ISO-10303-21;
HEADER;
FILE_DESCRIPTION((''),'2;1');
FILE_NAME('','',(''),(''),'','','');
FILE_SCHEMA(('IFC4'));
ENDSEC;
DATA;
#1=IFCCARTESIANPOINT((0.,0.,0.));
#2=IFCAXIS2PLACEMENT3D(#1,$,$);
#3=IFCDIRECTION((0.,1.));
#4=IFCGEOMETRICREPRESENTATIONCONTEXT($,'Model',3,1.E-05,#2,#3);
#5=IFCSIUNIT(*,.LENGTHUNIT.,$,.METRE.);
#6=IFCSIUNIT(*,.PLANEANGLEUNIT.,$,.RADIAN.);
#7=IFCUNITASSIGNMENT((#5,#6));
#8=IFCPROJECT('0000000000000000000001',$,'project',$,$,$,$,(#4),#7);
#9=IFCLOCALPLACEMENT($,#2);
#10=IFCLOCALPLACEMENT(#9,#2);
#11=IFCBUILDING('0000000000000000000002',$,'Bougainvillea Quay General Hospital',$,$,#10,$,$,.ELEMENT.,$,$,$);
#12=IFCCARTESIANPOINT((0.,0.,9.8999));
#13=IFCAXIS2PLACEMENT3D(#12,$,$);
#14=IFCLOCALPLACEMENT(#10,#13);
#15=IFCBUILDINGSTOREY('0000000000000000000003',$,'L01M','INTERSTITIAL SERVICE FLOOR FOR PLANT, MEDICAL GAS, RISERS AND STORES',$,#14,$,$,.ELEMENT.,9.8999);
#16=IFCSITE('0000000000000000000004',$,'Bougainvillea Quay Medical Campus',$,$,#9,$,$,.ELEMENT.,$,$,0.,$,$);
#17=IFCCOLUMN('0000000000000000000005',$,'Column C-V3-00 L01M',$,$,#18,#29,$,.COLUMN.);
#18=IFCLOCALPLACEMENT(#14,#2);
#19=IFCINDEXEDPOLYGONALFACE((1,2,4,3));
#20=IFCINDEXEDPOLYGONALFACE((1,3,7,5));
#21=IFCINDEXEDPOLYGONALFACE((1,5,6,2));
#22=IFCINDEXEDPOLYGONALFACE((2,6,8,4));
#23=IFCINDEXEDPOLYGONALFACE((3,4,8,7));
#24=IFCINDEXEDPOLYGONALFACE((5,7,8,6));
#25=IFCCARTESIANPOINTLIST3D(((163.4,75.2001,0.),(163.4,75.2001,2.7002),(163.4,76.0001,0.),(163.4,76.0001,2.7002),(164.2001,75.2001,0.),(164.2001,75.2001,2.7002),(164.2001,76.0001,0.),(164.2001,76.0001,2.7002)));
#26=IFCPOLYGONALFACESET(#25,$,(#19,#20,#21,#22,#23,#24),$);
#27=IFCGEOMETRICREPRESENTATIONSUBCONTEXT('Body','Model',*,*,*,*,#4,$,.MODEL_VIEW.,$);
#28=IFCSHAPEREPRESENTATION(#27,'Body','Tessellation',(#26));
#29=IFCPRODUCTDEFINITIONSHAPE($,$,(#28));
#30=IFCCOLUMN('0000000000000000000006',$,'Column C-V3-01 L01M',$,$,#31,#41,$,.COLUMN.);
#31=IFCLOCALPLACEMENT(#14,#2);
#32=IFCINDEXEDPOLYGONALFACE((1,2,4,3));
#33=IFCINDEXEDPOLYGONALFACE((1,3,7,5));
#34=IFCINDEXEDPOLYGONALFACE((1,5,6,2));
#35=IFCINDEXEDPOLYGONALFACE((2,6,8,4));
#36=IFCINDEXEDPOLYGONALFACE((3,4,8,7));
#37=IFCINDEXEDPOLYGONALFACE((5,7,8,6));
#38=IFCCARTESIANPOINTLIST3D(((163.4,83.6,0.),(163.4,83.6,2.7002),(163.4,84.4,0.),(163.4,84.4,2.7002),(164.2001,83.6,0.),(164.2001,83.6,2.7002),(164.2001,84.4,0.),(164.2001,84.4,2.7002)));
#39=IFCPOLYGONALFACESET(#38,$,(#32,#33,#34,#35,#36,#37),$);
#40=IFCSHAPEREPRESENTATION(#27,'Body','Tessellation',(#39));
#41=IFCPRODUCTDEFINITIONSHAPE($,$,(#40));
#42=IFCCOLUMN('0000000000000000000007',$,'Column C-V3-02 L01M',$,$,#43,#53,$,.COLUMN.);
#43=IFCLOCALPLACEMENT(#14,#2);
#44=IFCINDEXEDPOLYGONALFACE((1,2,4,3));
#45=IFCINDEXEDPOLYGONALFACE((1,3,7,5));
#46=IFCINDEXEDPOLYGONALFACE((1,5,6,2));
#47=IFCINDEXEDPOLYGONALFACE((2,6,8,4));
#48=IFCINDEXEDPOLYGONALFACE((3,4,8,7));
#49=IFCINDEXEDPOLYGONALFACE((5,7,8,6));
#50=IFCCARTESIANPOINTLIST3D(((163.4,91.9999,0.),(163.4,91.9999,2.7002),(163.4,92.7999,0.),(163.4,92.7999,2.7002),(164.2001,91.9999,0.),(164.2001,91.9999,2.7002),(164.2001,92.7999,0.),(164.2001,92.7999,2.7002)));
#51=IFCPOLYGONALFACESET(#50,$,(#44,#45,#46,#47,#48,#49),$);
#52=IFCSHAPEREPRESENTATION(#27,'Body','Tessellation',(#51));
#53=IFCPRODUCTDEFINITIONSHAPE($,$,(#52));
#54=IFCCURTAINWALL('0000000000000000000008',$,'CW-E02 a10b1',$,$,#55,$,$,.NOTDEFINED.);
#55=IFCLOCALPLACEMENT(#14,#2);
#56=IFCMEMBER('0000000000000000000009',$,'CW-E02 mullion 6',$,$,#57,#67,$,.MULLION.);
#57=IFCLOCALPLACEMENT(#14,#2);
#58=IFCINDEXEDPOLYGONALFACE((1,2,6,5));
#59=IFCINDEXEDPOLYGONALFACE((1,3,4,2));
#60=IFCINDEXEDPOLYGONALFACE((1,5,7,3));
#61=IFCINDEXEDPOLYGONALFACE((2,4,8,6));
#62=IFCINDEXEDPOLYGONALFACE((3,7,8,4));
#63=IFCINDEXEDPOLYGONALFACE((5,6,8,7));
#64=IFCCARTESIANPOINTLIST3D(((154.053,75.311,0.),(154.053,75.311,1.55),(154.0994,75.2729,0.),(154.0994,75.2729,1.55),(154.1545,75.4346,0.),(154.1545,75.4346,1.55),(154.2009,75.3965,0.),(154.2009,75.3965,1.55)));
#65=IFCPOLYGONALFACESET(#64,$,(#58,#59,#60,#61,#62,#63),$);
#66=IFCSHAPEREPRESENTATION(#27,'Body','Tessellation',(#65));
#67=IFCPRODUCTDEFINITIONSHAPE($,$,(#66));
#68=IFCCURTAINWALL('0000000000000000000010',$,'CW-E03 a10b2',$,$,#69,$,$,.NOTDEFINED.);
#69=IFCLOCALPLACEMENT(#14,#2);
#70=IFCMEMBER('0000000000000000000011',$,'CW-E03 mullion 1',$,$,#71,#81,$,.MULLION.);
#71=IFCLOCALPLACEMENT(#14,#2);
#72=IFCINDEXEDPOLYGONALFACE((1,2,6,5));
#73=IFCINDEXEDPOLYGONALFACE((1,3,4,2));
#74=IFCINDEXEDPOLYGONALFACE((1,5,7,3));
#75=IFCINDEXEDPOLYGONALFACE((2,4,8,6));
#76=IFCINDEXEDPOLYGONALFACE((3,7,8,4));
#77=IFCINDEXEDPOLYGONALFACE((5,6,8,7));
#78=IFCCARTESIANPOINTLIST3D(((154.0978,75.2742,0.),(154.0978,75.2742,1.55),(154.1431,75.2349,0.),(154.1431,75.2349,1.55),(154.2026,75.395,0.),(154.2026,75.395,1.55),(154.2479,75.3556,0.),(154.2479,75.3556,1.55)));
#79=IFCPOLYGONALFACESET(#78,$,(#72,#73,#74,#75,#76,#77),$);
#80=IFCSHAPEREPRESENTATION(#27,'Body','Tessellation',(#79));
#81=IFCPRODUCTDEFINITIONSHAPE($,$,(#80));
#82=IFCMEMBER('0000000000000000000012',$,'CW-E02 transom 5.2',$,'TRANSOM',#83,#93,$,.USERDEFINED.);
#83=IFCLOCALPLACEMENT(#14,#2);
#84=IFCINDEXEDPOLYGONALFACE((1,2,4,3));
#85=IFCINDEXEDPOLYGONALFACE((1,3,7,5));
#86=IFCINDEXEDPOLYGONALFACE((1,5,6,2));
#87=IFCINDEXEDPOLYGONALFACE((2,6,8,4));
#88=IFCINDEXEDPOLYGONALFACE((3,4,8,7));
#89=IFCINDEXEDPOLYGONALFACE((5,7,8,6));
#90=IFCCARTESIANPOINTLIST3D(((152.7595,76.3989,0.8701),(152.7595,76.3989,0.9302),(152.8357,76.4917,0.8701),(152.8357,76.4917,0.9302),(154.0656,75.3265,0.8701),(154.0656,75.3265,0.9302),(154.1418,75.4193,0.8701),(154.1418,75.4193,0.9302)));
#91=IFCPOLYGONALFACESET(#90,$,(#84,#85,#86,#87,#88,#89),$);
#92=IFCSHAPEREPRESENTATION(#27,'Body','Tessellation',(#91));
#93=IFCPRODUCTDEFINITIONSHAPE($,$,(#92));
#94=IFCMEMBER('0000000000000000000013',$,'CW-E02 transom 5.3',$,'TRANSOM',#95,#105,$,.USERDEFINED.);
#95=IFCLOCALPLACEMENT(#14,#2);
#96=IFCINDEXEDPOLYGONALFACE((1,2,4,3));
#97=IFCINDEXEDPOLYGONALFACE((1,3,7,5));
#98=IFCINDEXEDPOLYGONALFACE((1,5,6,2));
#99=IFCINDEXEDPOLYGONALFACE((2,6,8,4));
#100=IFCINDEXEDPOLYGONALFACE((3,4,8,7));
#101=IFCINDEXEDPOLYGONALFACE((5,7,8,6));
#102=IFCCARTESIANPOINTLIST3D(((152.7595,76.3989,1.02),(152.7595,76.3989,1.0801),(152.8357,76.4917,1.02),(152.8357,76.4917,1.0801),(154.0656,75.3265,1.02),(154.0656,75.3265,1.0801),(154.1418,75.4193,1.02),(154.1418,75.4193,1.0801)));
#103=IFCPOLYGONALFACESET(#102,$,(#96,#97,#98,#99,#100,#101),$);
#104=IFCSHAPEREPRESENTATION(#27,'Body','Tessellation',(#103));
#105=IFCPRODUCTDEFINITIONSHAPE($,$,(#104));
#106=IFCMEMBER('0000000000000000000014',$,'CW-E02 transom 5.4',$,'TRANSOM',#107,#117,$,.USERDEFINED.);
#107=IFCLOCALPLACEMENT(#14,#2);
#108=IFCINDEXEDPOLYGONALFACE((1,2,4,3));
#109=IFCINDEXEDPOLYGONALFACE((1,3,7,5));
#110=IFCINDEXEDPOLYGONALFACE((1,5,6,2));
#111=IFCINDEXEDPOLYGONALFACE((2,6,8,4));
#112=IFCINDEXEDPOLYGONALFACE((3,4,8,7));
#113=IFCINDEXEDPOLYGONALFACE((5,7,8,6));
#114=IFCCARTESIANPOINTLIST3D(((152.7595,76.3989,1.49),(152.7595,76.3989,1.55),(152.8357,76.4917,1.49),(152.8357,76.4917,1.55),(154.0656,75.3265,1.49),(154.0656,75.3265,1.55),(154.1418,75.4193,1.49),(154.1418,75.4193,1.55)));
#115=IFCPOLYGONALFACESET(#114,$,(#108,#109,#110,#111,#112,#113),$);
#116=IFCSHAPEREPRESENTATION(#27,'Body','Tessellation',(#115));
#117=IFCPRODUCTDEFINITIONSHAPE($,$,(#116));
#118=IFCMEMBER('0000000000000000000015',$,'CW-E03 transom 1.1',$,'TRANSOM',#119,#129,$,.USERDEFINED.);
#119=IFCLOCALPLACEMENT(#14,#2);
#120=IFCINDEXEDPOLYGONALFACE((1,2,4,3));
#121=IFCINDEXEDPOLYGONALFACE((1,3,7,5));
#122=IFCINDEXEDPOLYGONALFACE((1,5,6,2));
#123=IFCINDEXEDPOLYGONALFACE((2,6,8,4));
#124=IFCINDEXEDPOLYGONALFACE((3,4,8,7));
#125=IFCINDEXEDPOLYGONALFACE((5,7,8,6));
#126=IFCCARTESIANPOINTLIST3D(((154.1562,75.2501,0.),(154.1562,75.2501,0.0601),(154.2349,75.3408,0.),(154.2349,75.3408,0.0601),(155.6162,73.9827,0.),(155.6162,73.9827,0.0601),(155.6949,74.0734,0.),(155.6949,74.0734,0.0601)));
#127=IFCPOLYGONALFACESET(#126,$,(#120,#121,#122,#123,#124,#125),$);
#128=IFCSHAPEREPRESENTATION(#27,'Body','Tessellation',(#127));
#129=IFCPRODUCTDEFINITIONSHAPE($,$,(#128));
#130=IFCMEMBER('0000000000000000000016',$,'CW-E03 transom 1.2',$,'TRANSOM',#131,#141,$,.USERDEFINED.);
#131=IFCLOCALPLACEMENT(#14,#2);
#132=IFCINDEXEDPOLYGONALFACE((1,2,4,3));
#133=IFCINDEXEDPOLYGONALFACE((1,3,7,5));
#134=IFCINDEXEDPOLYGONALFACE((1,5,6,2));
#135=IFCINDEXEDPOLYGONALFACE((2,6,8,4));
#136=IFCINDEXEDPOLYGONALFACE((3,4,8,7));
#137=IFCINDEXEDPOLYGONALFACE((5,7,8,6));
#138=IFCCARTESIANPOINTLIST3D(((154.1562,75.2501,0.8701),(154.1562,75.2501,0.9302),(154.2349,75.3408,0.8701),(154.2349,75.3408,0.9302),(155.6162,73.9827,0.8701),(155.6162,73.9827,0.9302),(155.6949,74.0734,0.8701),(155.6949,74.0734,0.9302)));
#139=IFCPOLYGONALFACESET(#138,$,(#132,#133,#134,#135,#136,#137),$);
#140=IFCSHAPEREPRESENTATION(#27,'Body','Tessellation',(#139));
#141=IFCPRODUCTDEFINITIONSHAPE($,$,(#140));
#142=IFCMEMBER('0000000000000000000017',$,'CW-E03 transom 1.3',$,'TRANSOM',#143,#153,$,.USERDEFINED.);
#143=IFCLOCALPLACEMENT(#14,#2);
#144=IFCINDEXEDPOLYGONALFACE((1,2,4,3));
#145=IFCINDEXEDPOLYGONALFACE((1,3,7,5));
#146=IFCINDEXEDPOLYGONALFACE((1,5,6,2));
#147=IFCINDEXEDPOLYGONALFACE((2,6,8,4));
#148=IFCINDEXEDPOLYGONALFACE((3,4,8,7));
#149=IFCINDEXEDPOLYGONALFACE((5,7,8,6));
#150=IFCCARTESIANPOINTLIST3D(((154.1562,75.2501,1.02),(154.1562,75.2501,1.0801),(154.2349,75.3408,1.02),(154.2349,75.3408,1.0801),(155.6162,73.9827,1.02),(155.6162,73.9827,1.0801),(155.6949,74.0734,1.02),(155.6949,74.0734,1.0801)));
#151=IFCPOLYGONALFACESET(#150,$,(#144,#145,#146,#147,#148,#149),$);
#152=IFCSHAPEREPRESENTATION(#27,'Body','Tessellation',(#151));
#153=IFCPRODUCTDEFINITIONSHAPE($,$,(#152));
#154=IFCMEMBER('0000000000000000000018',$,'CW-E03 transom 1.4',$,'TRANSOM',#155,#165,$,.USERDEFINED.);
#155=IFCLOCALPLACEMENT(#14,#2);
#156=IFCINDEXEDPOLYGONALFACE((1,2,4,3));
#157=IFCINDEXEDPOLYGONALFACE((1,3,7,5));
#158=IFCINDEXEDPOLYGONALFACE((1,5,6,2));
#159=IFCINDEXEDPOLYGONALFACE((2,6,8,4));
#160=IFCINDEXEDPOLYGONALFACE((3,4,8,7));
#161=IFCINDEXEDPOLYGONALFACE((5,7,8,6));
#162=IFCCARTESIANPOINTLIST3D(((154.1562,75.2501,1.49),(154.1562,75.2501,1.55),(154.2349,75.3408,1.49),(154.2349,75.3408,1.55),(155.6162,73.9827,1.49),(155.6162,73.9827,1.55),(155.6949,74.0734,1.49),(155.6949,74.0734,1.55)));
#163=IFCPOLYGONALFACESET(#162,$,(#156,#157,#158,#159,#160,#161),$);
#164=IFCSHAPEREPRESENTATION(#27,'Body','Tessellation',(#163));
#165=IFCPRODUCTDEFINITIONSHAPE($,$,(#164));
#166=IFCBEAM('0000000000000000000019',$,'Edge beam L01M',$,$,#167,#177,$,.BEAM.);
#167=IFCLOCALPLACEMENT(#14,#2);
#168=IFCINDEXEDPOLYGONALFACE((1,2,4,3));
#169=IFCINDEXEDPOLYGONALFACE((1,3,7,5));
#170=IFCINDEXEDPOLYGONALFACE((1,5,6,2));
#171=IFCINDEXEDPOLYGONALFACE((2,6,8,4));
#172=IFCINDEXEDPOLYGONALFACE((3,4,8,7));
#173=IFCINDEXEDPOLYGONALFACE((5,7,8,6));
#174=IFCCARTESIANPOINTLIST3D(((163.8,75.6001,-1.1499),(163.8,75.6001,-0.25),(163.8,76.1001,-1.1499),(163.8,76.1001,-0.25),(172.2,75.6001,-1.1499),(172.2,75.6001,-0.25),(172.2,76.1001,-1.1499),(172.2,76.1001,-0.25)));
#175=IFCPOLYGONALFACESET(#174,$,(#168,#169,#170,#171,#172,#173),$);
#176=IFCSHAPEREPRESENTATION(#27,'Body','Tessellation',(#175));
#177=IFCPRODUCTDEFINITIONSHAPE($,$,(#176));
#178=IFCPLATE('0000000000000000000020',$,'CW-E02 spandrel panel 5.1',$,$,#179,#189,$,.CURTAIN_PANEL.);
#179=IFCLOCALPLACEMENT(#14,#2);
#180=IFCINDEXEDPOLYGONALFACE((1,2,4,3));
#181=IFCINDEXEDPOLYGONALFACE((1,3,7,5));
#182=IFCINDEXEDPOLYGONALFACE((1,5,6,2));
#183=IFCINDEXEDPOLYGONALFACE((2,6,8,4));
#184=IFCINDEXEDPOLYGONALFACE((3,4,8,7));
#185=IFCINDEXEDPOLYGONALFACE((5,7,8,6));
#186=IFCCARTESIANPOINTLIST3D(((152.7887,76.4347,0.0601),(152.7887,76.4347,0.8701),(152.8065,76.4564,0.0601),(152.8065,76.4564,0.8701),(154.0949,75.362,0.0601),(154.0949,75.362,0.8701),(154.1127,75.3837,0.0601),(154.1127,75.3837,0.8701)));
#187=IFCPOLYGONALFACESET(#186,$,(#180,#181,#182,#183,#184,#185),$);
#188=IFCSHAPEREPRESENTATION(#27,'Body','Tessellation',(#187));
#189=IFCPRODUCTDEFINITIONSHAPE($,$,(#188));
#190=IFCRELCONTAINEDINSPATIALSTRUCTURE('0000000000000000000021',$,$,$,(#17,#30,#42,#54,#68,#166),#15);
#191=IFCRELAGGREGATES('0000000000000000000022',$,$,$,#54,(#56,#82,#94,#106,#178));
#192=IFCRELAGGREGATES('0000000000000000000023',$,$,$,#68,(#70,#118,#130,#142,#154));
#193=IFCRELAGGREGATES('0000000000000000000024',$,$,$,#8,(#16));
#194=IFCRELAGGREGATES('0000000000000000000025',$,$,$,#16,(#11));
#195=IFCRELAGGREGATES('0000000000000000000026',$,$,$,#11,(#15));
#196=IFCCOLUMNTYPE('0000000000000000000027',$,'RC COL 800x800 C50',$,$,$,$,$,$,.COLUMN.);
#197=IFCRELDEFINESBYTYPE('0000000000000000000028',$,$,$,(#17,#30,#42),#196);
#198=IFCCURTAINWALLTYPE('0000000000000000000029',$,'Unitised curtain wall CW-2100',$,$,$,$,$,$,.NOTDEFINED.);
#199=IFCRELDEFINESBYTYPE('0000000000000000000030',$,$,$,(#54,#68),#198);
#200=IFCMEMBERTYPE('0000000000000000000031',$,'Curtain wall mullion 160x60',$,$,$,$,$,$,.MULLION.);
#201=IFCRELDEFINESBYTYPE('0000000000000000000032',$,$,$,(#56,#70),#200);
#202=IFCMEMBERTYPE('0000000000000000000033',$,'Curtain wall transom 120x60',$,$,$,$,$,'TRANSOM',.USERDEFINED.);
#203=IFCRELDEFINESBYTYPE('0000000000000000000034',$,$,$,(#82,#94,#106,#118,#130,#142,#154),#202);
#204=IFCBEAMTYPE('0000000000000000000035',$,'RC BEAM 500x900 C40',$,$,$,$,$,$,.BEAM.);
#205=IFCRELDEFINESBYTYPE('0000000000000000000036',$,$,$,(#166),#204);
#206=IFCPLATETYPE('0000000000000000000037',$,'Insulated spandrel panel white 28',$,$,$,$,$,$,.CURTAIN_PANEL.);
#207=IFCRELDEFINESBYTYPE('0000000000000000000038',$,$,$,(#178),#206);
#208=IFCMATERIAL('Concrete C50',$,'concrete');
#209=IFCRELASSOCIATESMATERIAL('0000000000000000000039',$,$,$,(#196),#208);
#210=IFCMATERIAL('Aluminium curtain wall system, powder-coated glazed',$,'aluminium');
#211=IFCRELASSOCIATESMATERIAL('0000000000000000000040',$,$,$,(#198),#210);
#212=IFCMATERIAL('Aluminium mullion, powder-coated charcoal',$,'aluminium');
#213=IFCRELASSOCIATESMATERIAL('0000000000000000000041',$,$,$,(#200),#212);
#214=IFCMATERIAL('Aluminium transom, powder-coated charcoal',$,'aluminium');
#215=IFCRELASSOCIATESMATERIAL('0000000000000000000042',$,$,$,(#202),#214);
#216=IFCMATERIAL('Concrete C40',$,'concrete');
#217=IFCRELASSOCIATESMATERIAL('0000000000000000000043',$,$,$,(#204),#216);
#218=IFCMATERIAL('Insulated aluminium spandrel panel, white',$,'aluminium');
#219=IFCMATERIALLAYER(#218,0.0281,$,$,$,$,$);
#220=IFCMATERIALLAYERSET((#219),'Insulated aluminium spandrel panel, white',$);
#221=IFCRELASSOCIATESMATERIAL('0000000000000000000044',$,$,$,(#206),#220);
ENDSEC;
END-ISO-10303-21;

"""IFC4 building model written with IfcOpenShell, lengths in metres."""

from ifc_helpers import new_model, si_unit, direction, frame, origin, origin_2d, place, context, subcontext, project, spatial, rectangle, extrude, material, layer, layer_set, material_profile, profile_set, type_object, element, aggregate, save


model = new_model("IFC4")

# Units and contexts
model_context = context("Model", 3, precision=1e-05, world=origin(), true_north=direction((0.0, 1.0)))
body_context = subcontext(model_context, "Body", "Model", "MODEL_VIEW")
ifc_project = project(units=[si_unit("LENGTHUNIT", "METRE"), si_unit("PLANEANGLEUNIT", "RADIAN")], contexts=[model_context])

# Site, building, storey
site_placement = place(None, origin())
site = spatial("IfcSite", under=ifc_project, at=site_placement, Name="Bougainvillea Quay Medical Campus", CompositionType="ELEMENT", RefElevation=0.0)
building_placement = place(site_placement, origin())
building = spatial("IfcBuilding", under=site, at=building_placement, Name="Bougainvillea Quay General Hospital", CompositionType="ELEMENT")
storey_placement = place(building_placement, frame((0.0, 0.0, 9.8999)))
storey = spatial("IfcBuildingStorey", under=building, at=storey_placement, Name="L01M", Description="INTERSTITIAL SERVICE FLOOR FOR PLANT, MEDICAL GAS, RISERS AND STORES", CompositionType="ELEMENT", Elevation=9.8999)

# Columns
ifc_material_1 = material(Name="Concrete C50", Category="concrete")
ifc_material_profile_1 = material_profile(ifc_material_1, rectangle(XDim=0.8, YDim=0.8, at=origin_2d()))
ifc_profile_set_1 = profile_set([ifc_material_profile_1], Name="Concrete C50")
column_type = type_object("IfcColumnType", Name="RC COL 800x800 C50", PredefinedType="COLUMN", material=ifc_profile_set_1)
for number, where, z_axis, x_axis, name in (
    (1, (163.8, 75.6001, 0.0), (0.0, 0.0, 1.0), (1.0, 0.0, 0.0), "Column C-V3-00 L01M"),
    (2, (163.8, 84.0, 0.0), (0.0, 0.0, 1.0), (1.0, 0.0, 0.0), "Column C-V3-01 L01M"),
    (3, (163.8, 92.3999, 0.0), (0.0, 0.0, 1.0), (1.0, 0.0, 0.0), "Column C-V3-02 L01M"),
):
    element("IfcColumn", number, at=place(storey_placement, frame(where, z_axis=z_axis, x_axis=x_axis)), inside=storey, type_object=column_type, Name=name, PredefinedType="COLUMN", context=body_context, shape_type="SweptSolid", body=[
        extrude(rectangle(XDim=0.8, YDim=0.8, at=origin_2d()), origin(), (0.0, 0.0, 1.0), 2.7002),
    ])

# Curtain walls, members
ifc_material_2 = material(Name="Aluminium curtain wall system, powder-coated glazed", Category="aluminium")
curtain_wall_type = type_object("IfcCurtainWallType", Name="Unitised curtain wall CW-2100", PredefinedType="NOTDEFINED", material=ifc_material_2)
curtain_wall_1_placement = place(storey_placement, origin())
curtain_wall_1 = element("IfcCurtainWall", 4, at=curtain_wall_1_placement, inside=storey, type_object=curtain_wall_type, Name="CW-E02 a10b1", PredefinedType="NOTDEFINED")
ifc_material_3 = material(Name="Aluminium mullion, powder-coated charcoal", Category="aluminium")
ifc_material_profile_2 = material_profile(ifc_material_3, rectangle(XDim=0.1599, YDim=0.0601, at=origin_2d()))
ifc_profile_set_2 = profile_set([ifc_material_profile_2], Name="Aluminium mullion, powder-coated charcoal")
member_type_1 = type_object("IfcMemberType", Name="Curtain wall mullion 160x60", PredefinedType="MULLION", material=ifc_profile_set_2)
member_1_placement = place(storey_placement, frame((154.127, 75.3538, 0.0), z_axis=(0.0, 0.0, 1.0), x_axis=(0.634633, 0.772813, 0.0)))
member_1 = element("IfcMember", 5, at=member_1_placement, type_object=member_type_1, Name="CW-E02 mullion 6", PredefinedType="MULLION", context=body_context, shape_type="SweptSolid", body=[
    extrude(rectangle(XDim=0.1599, YDim=0.0601, at=origin_2d()), origin(), (0.0, 0.0, 1.0), 1.55),
])
curtain_wall_2_placement = place(storey_placement, origin())
curtain_wall_2 = element("IfcCurtainWall", 6, at=curtain_wall_2_placement, inside=storey, type_object=curtain_wall_type, Name="CW-E03 a10b2", PredefinedType="NOTDEFINED")
member_2_placement = place(storey_placement, frame((154.1729, 75.3149, 0.0), z_axis=(0.0, 0.0, 1.0), x_axis=(0.655467, 0.755224, 0.0)))
member_2 = element("IfcMember", 7, at=member_2_placement, type_object=member_type_1, Name="CW-E03 mullion 1", PredefinedType="MULLION", context=body_context, shape_type="SweptSolid", body=[
    extrude(rectangle(XDim=0.1599, YDim=0.0601, at=origin_2d()), origin(), (0.0, 0.0, 1.0), 1.55),
])

# Members
ifc_material_4 = material(Name="Aluminium transom, powder-coated charcoal", Category="aluminium")
ifc_material_profile_3 = material_profile(ifc_material_4, rectangle(XDim=0.1201, YDim=0.0601, at=origin_2d()))
ifc_profile_set_3 = profile_set([ifc_material_profile_3], Name="Aluminium transom, powder-coated charcoal")
member_type_2 = type_object("IfcMemberType", Name="Curtain wall transom 120x60", ElementType="TRANSOM", PredefinedType="USERDEFINED", material=ifc_profile_set_3)
member_3_placement = place(storey_placement, frame((152.7976, 76.4453, 0.9001), z_axis=(0.772843, -0.634598, 0.0), x_axis=(0.634598, 0.772843, 0.0)))
member_3 = element("IfcMember", 8, at=member_3_placement, type_object=member_type_2, Name="CW-E02 transom 5.2", ObjectType="TRANSOM", PredefinedType="USERDEFINED", context=body_context, shape_type="SweptSolid", body=[
    extrude(rectangle(XDim=0.1201, YDim=0.0601, at=origin_2d()), origin(), (0.0, 0.0, 1.0), 1.6899),
])
member_4_placement = place(storey_placement, frame((152.7976, 76.4453, 1.05), z_axis=(0.772843, -0.634598, 0.0), x_axis=(0.634598, 0.772843, 0.0)))
member_4 = element("IfcMember", 9, at=member_4_placement, type_object=member_type_2, Name="CW-E02 transom 5.3", ObjectType="TRANSOM", PredefinedType="USERDEFINED", context=body_context, shape_type="SweptSolid", body=[
    extrude(rectangle(XDim=0.1201, YDim=0.0601, at=origin_2d()), origin(), (0.0, 0.0, 1.0), 1.6899),
])
member_5_placement = place(storey_placement, frame((152.7976, 76.4453, 1.52), z_axis=(0.772843, -0.634598, 0.0), x_axis=(0.634598, 0.772843, 0.0)))
member_5 = element("IfcMember", 10, at=member_5_placement, type_object=member_type_2, Name="CW-E02 transom 5.4", ObjectType="TRANSOM", PredefinedType="USERDEFINED", context=body_context, shape_type="SweptSolid", body=[
    extrude(rectangle(XDim=0.1201, YDim=0.0601, at=origin_2d()), origin(), (0.0, 0.0, 1.0), 1.6899),
])
member_6_placement = place(storey_placement, frame((154.1956, 75.2954, 0.03), z_axis=(0.755168, -0.655531, 0.0), x_axis=(0.655531, 0.755168, 0.0)))
member_6 = element("IfcMember", 11, at=member_6_placement, type_object=member_type_2, Name="CW-E03 transom 1.1", ObjectType="TRANSOM", PredefinedType="USERDEFINED", context=body_context, shape_type="SweptSolid", body=[
    extrude(rectangle(XDim=0.1201, YDim=0.0601, at=origin_2d()), origin(), (0.0, 0.0, 1.0), 1.9333),
])
member_7_placement = place(storey_placement, frame((154.1956, 75.2954, 0.9001), z_axis=(0.755168, -0.655531, 0.0), x_axis=(0.655531, 0.755168, 0.0)))
member_7 = element("IfcMember", 12, at=member_7_placement, type_object=member_type_2, Name="CW-E03 transom 1.2", ObjectType="TRANSOM", PredefinedType="USERDEFINED", context=body_context, shape_type="SweptSolid", body=[
    extrude(rectangle(XDim=0.1201, YDim=0.0601, at=origin_2d()), origin(), (0.0, 0.0, 1.0), 1.9333),
])
member_8_placement = place(storey_placement, frame((154.1956, 75.2954, 1.05), z_axis=(0.755168, -0.655531, 0.0), x_axis=(0.655531, 0.755168, 0.0)))
member_8 = element("IfcMember", 13, at=member_8_placement, type_object=member_type_2, Name="CW-E03 transom 1.3", ObjectType="TRANSOM", PredefinedType="USERDEFINED", context=body_context, shape_type="SweptSolid", body=[
    extrude(rectangle(XDim=0.1201, YDim=0.0601, at=origin_2d()), origin(), (0.0, 0.0, 1.0), 1.9333),
])
member_9_placement = place(storey_placement, frame((154.1956, 75.2954, 1.52), z_axis=(0.755168, -0.655531, 0.0), x_axis=(0.655531, 0.755168, 0.0)))
member_9 = element("IfcMember", 14, at=member_9_placement, type_object=member_type_2, Name="CW-E03 transom 1.4", ObjectType="TRANSOM", PredefinedType="USERDEFINED", context=body_context, shape_type="SweptSolid", body=[
    extrude(rectangle(XDim=0.1201, YDim=0.0601, at=origin_2d()), origin(), (0.0, 0.0, 1.0), 1.9333),
])

# Beam
ifc_material_5 = material(Name="Concrete C40", Category="concrete")
ifc_material_profile_4 = material_profile(ifc_material_5, rectangle(XDim=0.5, YDim=0.8999, at=origin_2d()))
ifc_profile_set_4 = profile_set([ifc_material_profile_4], Name="Concrete C40")
beam_type = type_object("IfcBeamType", Name="RC BEAM 500x900 C40", PredefinedType="BEAM", material=ifc_profile_set_4)
beam_placement = place(storey_placement, frame((163.8, 75.8501, -0.7), z_axis=(1.0, 0.0, 0.0), x_axis=(0.0, 1.0, 0.0)))
element("IfcBeam", 15, at=beam_placement, inside=storey, type_object=beam_type, Name="Edge beam L01M", PredefinedType="BEAM", context=body_context, shape_type="SweptSolid", body=[
    extrude(rectangle(XDim=0.5, YDim=0.8999, at=origin_2d()), origin(), (0.0, 0.0, 1.0), 8.3999),
])

# Plate
ifc_material_6 = material(Name="Insulated aluminium spandrel panel, white", Category="aluminium")
ifc_layer_1 = layer(ifc_material_6, 0.0281)
ifc_layer_set_1 = layer_set([ifc_layer_1], Name="Insulated aluminium spandrel panel, white")
plate_type_1 = type_object("IfcPlateType", Name="Insulated spandrel panel white 28", PredefinedType="CURTAIN_PANEL", material=ifc_layer_set_1)
plate_1_placement = place(storey_placement, frame((153.4507, 75.9092, 0.0601), z_axis=(0.0, 0.0, 1.0), x_axis=(0.772813, -0.634633, 0.0)))
plate_1 = element("IfcPlate", 16, at=plate_1_placement, type_object=plate_type_1, Name="CW-E02 spandrel panel 5.1", PredefinedType="CURTAIN_PANEL", context=body_context, shape_type="SweptSolid", body=[
    extrude(rectangle(XDim=1.6902, YDim=0.0281, at=origin_2d()), origin(), (0.0, 0.0, 1.0), 0.8101),
])
aggregate(curtain_wall_1, [member_1, member_3, member_4, member_5, plate_1])
aggregate(curtain_wall_2, [member_2, member_6, member_7, member_8, member_9])

save(model, "model.ifc")
